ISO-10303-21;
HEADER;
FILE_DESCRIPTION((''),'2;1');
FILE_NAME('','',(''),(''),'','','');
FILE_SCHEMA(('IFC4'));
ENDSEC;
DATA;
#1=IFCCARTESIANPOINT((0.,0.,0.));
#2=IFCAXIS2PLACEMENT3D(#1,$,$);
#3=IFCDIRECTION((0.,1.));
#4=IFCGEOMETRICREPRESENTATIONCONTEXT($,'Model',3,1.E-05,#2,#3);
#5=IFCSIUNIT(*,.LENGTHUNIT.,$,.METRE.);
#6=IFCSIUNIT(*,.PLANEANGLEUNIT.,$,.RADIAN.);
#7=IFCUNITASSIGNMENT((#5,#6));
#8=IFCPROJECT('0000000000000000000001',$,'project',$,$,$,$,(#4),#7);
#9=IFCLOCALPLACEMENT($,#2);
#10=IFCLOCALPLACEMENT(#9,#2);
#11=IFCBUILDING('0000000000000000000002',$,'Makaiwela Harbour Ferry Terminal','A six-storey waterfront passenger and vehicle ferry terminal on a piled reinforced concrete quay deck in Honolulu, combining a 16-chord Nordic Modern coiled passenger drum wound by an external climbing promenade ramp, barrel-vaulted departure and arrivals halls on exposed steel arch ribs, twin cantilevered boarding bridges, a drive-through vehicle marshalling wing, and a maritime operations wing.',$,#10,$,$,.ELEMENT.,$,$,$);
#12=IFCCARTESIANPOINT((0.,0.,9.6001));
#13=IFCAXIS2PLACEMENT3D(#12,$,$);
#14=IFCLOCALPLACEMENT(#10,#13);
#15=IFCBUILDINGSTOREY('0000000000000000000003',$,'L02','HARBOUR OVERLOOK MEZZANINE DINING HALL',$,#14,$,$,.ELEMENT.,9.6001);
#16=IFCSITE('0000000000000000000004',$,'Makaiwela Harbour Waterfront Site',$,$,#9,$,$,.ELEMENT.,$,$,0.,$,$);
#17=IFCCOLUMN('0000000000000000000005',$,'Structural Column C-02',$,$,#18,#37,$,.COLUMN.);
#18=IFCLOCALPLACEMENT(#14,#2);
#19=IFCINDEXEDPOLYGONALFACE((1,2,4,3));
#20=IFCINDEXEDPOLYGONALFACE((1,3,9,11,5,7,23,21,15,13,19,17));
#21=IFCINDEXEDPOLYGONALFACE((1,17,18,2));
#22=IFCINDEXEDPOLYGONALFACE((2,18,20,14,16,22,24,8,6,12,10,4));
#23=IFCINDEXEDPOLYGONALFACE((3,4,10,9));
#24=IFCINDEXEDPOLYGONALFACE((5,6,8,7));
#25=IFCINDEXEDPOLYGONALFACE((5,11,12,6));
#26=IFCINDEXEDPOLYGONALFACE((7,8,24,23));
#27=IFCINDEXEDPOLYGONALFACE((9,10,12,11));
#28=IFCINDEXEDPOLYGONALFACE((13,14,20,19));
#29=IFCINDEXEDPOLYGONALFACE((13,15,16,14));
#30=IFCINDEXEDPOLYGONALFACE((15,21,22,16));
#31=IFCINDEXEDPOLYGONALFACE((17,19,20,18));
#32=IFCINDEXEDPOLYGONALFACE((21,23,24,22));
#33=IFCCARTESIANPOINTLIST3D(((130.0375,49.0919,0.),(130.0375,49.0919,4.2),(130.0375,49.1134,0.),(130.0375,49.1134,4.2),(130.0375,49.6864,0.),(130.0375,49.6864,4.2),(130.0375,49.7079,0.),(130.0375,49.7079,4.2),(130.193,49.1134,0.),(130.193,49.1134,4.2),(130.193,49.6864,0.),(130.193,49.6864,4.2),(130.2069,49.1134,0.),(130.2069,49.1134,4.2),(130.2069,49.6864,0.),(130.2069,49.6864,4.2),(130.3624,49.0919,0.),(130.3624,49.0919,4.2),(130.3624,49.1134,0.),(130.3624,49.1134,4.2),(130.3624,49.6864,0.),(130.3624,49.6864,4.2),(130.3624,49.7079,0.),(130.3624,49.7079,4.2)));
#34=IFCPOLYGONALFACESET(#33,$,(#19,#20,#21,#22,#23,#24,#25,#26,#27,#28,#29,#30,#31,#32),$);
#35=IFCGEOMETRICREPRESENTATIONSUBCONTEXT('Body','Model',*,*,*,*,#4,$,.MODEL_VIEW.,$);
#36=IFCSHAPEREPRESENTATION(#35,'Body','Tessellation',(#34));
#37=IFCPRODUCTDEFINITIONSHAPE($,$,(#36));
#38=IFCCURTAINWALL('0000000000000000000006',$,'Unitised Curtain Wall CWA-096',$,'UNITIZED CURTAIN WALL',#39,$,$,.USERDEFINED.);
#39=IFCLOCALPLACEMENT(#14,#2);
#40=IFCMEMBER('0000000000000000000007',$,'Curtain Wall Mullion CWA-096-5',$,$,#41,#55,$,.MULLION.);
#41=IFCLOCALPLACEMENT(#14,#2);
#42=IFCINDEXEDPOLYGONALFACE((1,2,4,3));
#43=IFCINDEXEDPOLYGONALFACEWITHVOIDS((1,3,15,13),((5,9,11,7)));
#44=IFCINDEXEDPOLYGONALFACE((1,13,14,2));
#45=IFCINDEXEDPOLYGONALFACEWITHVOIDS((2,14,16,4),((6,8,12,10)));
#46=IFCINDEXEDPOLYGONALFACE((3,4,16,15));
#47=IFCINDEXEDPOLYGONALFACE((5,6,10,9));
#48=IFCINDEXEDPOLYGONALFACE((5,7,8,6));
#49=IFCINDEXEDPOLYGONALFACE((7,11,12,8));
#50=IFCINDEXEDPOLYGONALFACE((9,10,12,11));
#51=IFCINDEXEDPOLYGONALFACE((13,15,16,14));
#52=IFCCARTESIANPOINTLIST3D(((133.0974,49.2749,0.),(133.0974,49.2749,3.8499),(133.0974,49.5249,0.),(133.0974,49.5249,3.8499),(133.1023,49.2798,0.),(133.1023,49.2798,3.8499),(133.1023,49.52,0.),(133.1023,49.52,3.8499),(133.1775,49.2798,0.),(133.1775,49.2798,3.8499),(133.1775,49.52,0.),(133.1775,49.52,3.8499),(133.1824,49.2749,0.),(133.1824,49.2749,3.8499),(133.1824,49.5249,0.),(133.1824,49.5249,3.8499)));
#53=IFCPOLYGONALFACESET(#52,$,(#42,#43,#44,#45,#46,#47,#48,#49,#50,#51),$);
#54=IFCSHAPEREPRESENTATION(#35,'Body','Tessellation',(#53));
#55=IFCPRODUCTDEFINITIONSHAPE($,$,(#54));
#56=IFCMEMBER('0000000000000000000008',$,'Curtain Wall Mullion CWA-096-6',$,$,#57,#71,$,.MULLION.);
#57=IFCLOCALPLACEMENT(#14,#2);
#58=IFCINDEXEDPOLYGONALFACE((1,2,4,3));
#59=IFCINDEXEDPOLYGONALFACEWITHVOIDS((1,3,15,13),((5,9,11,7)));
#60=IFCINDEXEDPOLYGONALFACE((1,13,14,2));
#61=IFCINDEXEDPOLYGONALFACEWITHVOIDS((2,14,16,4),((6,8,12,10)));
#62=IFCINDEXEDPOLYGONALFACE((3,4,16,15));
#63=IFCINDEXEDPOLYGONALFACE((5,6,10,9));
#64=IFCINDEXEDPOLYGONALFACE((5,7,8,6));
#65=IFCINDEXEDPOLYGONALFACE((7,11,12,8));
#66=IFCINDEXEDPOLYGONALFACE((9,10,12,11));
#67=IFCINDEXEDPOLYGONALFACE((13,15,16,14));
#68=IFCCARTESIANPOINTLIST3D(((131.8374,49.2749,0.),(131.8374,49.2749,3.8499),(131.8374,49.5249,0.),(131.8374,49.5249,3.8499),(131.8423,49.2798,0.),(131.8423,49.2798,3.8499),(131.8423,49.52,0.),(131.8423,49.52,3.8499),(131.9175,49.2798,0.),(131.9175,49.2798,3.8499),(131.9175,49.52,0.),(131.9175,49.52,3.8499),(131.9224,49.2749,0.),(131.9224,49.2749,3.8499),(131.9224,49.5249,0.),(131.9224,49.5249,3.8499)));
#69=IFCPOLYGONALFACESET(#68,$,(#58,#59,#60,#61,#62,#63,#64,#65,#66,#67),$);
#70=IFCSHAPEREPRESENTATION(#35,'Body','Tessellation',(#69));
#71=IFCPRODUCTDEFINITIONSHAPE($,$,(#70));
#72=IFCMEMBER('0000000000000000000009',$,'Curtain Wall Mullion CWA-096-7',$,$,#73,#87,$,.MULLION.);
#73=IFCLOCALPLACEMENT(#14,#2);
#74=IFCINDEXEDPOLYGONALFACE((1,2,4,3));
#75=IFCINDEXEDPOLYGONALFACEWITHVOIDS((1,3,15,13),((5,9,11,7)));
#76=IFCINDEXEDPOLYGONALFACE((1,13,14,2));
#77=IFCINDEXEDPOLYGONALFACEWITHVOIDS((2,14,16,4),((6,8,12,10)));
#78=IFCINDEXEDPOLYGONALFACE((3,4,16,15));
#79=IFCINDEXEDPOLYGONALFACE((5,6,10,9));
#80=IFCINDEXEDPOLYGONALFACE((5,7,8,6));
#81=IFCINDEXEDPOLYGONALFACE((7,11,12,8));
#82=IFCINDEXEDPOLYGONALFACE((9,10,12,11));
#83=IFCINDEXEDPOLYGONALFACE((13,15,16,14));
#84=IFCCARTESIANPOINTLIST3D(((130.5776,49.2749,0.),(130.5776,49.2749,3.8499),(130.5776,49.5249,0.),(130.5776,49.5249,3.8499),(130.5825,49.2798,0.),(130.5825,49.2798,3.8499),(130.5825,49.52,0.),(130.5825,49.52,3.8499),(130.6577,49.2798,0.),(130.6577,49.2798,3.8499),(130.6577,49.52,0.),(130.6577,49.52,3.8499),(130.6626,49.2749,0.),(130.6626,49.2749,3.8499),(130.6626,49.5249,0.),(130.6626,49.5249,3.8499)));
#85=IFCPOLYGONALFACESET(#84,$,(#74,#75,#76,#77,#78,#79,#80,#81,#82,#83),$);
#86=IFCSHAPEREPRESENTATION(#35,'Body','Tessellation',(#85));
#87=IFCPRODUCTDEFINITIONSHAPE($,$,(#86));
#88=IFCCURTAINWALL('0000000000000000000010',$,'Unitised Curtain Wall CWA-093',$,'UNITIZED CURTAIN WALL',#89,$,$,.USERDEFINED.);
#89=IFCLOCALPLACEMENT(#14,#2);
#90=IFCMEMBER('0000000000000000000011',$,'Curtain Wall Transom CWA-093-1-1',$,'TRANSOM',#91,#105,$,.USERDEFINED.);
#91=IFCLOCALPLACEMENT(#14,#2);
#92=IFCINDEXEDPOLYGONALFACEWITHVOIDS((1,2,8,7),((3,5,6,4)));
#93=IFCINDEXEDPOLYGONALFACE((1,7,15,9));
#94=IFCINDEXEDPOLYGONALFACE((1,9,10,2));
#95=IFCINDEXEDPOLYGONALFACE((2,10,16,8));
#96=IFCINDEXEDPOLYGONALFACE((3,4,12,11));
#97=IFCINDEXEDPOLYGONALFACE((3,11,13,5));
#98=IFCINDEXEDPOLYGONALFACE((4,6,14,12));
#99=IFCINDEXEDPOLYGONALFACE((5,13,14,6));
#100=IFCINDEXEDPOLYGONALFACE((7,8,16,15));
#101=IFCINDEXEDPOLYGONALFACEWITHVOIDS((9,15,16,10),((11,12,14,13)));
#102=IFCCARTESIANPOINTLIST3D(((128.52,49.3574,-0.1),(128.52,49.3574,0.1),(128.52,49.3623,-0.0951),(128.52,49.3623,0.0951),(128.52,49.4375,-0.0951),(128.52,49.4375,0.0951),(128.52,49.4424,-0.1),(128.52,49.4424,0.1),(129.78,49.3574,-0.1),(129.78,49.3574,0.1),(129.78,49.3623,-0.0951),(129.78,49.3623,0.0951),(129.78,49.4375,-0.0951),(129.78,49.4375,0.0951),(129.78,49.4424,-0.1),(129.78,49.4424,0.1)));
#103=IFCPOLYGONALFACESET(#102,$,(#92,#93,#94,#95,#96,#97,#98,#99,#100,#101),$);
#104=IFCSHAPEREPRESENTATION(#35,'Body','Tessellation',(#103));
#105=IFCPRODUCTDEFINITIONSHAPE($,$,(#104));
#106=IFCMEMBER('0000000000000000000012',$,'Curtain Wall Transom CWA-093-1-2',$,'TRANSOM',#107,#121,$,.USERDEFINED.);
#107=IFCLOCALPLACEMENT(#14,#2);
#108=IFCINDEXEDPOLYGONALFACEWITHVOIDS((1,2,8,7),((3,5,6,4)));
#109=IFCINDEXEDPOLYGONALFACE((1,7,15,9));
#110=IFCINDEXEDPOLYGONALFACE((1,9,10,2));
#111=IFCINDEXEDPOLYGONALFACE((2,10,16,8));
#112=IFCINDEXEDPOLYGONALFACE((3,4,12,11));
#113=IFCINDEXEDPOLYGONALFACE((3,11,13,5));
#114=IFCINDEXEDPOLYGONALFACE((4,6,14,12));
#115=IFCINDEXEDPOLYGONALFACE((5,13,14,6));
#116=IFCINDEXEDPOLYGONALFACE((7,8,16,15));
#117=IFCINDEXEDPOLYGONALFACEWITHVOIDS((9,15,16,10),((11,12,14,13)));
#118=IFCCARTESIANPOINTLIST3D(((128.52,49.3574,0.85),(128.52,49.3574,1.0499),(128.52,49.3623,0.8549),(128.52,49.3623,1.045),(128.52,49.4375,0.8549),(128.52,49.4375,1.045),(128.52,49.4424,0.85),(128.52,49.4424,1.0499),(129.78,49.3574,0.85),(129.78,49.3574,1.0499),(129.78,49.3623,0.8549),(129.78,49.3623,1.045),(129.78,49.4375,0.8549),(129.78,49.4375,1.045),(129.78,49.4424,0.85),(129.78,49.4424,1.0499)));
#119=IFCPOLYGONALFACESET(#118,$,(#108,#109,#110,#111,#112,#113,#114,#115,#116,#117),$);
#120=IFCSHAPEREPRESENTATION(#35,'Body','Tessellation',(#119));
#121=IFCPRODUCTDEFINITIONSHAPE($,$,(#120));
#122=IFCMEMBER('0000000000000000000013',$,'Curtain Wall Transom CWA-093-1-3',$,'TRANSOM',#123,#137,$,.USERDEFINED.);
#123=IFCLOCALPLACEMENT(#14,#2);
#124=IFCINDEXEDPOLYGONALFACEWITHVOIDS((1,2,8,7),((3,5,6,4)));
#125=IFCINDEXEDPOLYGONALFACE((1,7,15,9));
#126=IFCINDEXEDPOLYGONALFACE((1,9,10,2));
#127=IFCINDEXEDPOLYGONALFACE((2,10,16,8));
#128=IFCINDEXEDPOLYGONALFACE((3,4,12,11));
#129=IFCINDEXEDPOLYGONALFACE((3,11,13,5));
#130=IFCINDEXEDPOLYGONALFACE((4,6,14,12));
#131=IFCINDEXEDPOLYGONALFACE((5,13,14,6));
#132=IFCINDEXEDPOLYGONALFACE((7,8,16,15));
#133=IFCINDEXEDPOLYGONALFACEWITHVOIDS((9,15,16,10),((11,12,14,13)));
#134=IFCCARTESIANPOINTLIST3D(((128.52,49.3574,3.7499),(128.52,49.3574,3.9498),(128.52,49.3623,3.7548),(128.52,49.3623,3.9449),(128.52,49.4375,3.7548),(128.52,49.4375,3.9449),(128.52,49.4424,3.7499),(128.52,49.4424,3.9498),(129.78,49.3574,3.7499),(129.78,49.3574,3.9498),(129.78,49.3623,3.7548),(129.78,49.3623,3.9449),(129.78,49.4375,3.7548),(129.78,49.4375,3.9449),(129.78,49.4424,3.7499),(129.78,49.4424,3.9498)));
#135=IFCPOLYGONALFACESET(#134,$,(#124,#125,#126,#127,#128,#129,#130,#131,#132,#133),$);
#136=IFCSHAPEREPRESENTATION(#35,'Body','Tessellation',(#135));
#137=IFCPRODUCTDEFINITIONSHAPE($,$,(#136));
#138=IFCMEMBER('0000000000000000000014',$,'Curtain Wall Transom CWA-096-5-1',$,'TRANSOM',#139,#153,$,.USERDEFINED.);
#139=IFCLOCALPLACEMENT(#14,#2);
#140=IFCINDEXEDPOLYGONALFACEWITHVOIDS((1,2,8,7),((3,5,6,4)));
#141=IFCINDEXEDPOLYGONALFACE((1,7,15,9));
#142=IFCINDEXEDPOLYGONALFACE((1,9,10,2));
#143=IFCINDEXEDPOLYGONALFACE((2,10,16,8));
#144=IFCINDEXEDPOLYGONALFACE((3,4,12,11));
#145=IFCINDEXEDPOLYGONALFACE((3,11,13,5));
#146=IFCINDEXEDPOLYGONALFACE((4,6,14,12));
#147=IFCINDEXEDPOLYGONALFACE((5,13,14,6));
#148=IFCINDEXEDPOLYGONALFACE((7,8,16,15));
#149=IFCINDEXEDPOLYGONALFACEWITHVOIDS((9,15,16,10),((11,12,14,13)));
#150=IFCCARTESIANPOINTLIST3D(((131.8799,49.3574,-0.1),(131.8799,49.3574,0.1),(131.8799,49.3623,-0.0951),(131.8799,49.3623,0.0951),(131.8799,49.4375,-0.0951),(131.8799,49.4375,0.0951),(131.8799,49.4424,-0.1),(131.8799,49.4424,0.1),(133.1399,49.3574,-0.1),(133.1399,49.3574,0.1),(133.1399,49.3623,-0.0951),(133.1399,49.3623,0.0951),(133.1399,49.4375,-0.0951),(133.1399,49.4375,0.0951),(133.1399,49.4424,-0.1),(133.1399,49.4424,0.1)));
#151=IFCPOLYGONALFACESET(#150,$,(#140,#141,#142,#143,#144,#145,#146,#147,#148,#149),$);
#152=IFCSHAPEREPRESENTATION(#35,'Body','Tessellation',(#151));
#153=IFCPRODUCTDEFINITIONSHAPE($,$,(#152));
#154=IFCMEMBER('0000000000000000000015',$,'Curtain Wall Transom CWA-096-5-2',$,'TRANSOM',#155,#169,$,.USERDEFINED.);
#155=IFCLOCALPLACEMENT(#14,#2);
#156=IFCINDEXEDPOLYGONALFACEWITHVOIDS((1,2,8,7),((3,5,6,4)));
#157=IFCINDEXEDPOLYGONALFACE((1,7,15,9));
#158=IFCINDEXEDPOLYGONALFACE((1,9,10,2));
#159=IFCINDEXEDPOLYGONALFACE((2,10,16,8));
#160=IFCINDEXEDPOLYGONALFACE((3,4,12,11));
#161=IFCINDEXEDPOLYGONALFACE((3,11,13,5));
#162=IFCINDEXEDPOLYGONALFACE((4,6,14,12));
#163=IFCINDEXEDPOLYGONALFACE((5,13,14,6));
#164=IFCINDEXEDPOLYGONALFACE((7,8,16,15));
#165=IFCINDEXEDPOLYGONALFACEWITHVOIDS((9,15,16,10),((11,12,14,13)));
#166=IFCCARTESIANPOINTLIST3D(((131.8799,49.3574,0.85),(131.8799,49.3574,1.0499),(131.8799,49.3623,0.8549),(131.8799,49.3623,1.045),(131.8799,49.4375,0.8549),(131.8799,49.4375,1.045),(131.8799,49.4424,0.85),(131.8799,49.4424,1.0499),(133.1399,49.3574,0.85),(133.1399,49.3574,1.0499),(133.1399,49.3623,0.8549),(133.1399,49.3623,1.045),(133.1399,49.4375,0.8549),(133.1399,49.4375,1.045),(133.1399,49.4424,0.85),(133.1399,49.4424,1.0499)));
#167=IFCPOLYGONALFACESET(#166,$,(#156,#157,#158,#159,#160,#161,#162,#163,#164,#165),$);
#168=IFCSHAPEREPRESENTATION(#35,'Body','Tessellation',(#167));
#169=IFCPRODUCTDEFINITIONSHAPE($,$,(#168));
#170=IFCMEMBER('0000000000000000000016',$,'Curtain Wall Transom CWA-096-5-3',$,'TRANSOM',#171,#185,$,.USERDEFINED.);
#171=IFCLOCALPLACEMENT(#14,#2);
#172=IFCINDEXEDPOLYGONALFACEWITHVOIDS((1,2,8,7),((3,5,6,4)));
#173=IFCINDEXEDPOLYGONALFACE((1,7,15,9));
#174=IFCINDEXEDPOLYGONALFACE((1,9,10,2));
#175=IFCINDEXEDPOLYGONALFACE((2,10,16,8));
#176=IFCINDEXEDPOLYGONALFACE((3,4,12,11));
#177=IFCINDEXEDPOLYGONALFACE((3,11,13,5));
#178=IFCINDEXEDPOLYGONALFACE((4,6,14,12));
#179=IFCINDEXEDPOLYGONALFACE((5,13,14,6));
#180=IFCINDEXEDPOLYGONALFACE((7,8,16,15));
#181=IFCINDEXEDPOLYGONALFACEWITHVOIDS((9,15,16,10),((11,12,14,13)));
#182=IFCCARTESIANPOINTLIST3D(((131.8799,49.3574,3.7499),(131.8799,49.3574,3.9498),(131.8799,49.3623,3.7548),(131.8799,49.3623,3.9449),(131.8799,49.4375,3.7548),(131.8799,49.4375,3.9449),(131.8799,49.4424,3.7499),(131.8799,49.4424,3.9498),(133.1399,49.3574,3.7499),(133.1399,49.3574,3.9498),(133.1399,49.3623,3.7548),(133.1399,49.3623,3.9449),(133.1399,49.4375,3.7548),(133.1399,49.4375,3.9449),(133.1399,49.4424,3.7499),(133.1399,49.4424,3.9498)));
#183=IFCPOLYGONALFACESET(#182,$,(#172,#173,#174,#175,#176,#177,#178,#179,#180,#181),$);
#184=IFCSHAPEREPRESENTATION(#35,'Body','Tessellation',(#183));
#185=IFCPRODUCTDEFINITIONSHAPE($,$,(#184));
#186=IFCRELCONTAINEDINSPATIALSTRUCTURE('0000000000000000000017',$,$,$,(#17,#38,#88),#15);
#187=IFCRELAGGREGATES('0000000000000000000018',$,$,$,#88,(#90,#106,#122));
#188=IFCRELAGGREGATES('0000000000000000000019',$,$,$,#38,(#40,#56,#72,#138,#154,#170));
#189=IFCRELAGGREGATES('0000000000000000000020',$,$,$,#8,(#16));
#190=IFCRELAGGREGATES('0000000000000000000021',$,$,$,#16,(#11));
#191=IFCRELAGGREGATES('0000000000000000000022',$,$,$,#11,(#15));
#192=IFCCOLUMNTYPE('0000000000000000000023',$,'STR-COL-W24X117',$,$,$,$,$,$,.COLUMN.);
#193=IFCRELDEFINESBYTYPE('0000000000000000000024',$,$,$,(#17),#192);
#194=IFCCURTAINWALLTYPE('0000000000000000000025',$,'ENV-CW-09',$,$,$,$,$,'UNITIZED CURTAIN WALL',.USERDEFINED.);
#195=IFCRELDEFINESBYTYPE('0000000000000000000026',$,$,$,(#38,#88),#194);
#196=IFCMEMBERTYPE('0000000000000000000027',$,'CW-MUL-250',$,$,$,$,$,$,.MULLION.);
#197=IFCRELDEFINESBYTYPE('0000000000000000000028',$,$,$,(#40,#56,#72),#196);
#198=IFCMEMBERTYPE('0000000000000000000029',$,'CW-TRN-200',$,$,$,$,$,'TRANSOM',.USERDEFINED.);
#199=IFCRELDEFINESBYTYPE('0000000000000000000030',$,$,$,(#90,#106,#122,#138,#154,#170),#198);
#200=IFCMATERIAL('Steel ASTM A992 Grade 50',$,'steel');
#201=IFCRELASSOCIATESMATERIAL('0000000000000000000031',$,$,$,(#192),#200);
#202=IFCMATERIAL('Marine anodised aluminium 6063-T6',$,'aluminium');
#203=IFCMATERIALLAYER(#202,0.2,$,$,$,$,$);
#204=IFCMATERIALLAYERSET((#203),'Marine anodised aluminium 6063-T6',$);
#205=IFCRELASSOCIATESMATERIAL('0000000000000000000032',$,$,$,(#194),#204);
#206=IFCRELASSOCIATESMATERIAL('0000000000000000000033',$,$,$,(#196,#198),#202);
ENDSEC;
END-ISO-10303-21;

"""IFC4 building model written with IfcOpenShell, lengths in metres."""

from ifc_helpers import new_model, si_unit, direction, frame, origin, origin_2d, place, context, subcontext, project, spatial, hollow_rectangle, i_section, extrude, material, layer, layer_set, material_profile, profile_set, type_object, element, aggregate, save


model = new_model("IFC4")

# Units and contexts
model_context = context("Model", 3, precision=1e-05, world=origin(), true_north=direction((0.0, 1.0)))
body_context = subcontext(model_context, "Body", "Model", "MODEL_VIEW")
ifc_project = project(units=[si_unit("LENGTHUNIT", "METRE"), si_unit("PLANEANGLEUNIT", "RADIAN")], contexts=[model_context])

# Site, building, storey
site_placement = place(None, origin())
site = spatial("IfcSite", under=ifc_project, at=site_placement, Name="Makaiwela Harbour Waterfront Site", CompositionType="ELEMENT", RefElevation=0.0)
building_placement = place(site_placement, origin())
building = spatial("IfcBuilding", under=site, at=building_placement, Name="Makaiwela Harbour Ferry Terminal", Description="A six-storey waterfront passenger and vehicle ferry terminal on a piled reinforced concrete quay deck in Honolulu, combining a 16-chord Nordic Modern coiled passenger drum wound by an external climbing promenade ramp, barrel-vaulted departure and arrivals halls on exposed steel arch ribs, twin cantilevered boarding bridges, a drive-through vehicle marshalling wing, and a maritime operations wing.", CompositionType="ELEMENT")
storey_placement = place(building_placement, frame((0.0, 0.0, 9.6001)))
storey = spatial("IfcBuildingStorey", under=building, at=storey_placement, Name="L02", Description="HARBOUR OVERLOOK MEZZANINE DINING HALL", CompositionType="ELEMENT", Elevation=9.6001)

# Column
ifc_material_1 = material(Name="Steel ASTM A992 Grade 50", Category="steel")
ifc_material_profile_1 = material_profile(ifc_material_1, i_section(OverallWidth=0.325, OverallDepth=0.616, WebThickness=0.0139, FlangeThickness=0.0215, at=origin_2d()), Name="W24X117")
ifc_profile_set_1 = profile_set([ifc_material_profile_1], Name="Steel ASTM A992 Grade 50")
column_type = type_object("IfcColumnType", Name="STR-COL-W24X117", PredefinedType="COLUMN", material=ifc_profile_set_1)
column_placement = place(storey_placement, frame((130.2, 49.3999, 0.0), z_axis=(0.0, 0.0, 1.0), x_axis=(1.0, 0.0, 0.0)))
element("IfcColumn", 1, at=column_placement, inside=storey, type_object=column_type, Name="Structural Column C-02", PredefinedType="COLUMN", context=body_context, shape_type="SweptSolid", body=[
    extrude(i_section(OverallWidth=0.325, OverallDepth=0.616, WebThickness=0.0139, FlangeThickness=0.0215, at=origin_2d()), origin(), (0.0, 0.0, 1.0), 4.2),
])

# Curtain walls, members
ifc_material_2 = material(Name="Marine anodised aluminium 6063-T6", Category="aluminium")
ifc_layer_1 = layer(ifc_material_2, 0.2)
ifc_layer_set_1 = layer_set([ifc_layer_1], Name="Marine anodised aluminium 6063-T6")
curtain_wall_type = type_object("IfcCurtainWallType", Name="ENV-CW-09", ElementType="UNITIZED CURTAIN WALL", PredefinedType="USERDEFINED", material=ifc_layer_set_1)
curtain_wall_1_placement = place(storey_placement, origin())
curtain_wall_1 = element("IfcCurtainWall", 2, at=curtain_wall_1_placement, inside=storey, type_object=curtain_wall_type, Name="Unitised Curtain Wall CWA-096", ObjectType="UNITIZED CURTAIN WALL", PredefinedType="USERDEFINED")
ifc_material_profile_2 = material_profile(ifc_material_2, hollow_rectangle(XDim=0.085, YDim=0.25, WallThickness=0.0049, at=origin_2d()), Name="CWM-250X85")
ifc_profile_set_2 = profile_set([ifc_material_profile_2], Name="Marine anodised aluminium 6063-T6")
member_type_1 = type_object("IfcMemberType", Name="CW-MUL-250", PredefinedType="MULLION", material=ifc_profile_set_2)
member_1_placement = place(storey_placement, frame((133.1399, 49.3999, 0.0), z_axis=(0.0, 0.0, 1.0), x_axis=(1.0, 0.0, 0.0)))
member_1 = element("IfcMember", 3, at=member_1_placement, type_object=member_type_1, Name="Curtain Wall Mullion CWA-096-5", PredefinedType="MULLION", context=body_context, shape_type="SweptSolid", body=[
    extrude(hollow_rectangle(XDim=0.085, YDim=0.25, WallThickness=0.0049, at=origin_2d()), origin(), (0.0, 0.0, 1.0), 3.8499),
])
member_2_placement = place(storey_placement, frame((131.8799, 49.3999, 0.0), z_axis=(0.0, 0.0, 1.0), x_axis=(1.0, 0.0, 0.0)))
member_2 = element("IfcMember", 4, at=member_2_placement, type_object=member_type_1, Name="Curtain Wall Mullion CWA-096-6", PredefinedType="MULLION", context=body_context, shape_type="SweptSolid", body=[
    extrude(hollow_rectangle(XDim=0.085, YDim=0.25, WallThickness=0.0049, at=origin_2d()), origin(), (0.0, 0.0, 1.0), 3.8499),
])
member_3_placement = place(storey_placement, frame((130.6201, 49.3999, 0.0), z_axis=(0.0, 0.0, 1.0), x_axis=(1.0, 0.0, 0.0)))
member_3 = element("IfcMember", 5, at=member_3_placement, type_object=member_type_1, Name="Curtain Wall Mullion CWA-096-7", PredefinedType="MULLION", context=body_context, shape_type="SweptSolid", body=[
    extrude(hollow_rectangle(XDim=0.085, YDim=0.25, WallThickness=0.0049, at=origin_2d()), origin(), (0.0, 0.0, 1.0), 3.8499),
])
curtain_wall_2_placement = place(storey_placement, origin())
curtain_wall_2 = element("IfcCurtainWall", 6, at=curtain_wall_2_placement, inside=storey, type_object=curtain_wall_type, Name="Unitised Curtain Wall CWA-093", ObjectType="UNITIZED CURTAIN WALL", PredefinedType="USERDEFINED")
ifc_material_profile_3 = material_profile(ifc_material_2, hollow_rectangle(XDim=0.085, YDim=0.2, WallThickness=0.0049, at=origin_2d()), Name="CWT-200X85")
ifc_profile_set_3 = profile_set([ifc_material_profile_3], Name="Marine anodised aluminium 6063-T6")
member_type_2 = type_object("IfcMemberType", Name="CW-TRN-200", ElementType="TRANSOM", PredefinedType="USERDEFINED", material=ifc_profile_set_3)
member_4_placement = place(storey_placement, frame((129.78, 49.3999, 0.0), z_axis=(-1.0, 0.0, 0.0), x_axis=(0.0, -1.0, 0.0)))
member_4 = element("IfcMember", 7, at=member_4_placement, type_object=member_type_2, Name="Curtain Wall Transom CWA-093-1-1", ObjectType="TRANSOM", PredefinedType="USERDEFINED", context=body_context, shape_type="SweptSolid", body=[
    extrude(hollow_rectangle(XDim=0.085, YDim=0.2, WallThickness=0.0049, at=origin_2d()), origin(), (0.0, 0.0, 1.0), 1.26),
])
member_5_placement = place(storey_placement, frame((129.78, 49.3999, 0.95), z_axis=(-1.0, 0.0, 0.0), x_axis=(0.0, -1.0, 0.0)))
member_5 = element("IfcMember", 8, at=member_5_placement, type_object=member_type_2, Name="Curtain Wall Transom CWA-093-1-2", ObjectType="TRANSOM", PredefinedType="USERDEFINED", context=body_context, shape_type="SweptSolid", body=[
    extrude(hollow_rectangle(XDim=0.085, YDim=0.2, WallThickness=0.0049, at=origin_2d()), origin(), (0.0, 0.0, 1.0), 1.26),
])
member_6_placement = place(storey_placement, frame((129.78, 49.3999, 3.8499), z_axis=(-1.0, 0.0, 0.0), x_axis=(0.0, -1.0, 0.0)))
member_6 = element("IfcMember", 9, at=member_6_placement, type_object=member_type_2, Name="Curtain Wall Transom CWA-093-1-3", ObjectType="TRANSOM", PredefinedType="USERDEFINED", context=body_context, shape_type="SweptSolid", body=[
    extrude(hollow_rectangle(XDim=0.085, YDim=0.2, WallThickness=0.0049, at=origin_2d()), origin(), (0.0, 0.0, 1.0), 1.26),
])
aggregate(curtain_wall_2, [member_4, member_5, member_6])

# Members
member_7_placement = place(storey_placement, frame((133.1399, 49.3999, 0.0), z_axis=(-1.0, 0.0, 0.0), x_axis=(0.0, -1.0, 0.0)))
member_7 = element("IfcMember", 10, at=member_7_placement, type_object=member_type_2, Name="Curtain Wall Transom CWA-096-5-1", ObjectType="TRANSOM", PredefinedType="USERDEFINED", context=body_context, shape_type="SweptSolid", body=[
    extrude(hollow_rectangle(XDim=0.085, YDim=0.2, WallThickness=0.0049, at=origin_2d()), origin(), (0.0, 0.0, 1.0), 1.26),
])
member_8_placement = place(storey_placement, frame((133.1399, 49.3999, 0.95), z_axis=(-1.0, 0.0, 0.0), x_axis=(0.0, -1.0, 0.0)))
member_8 = element("IfcMember", 11, at=member_8_placement, type_object=member_type_2, Name="Curtain Wall Transom CWA-096-5-2", ObjectType="TRANSOM", PredefinedType="USERDEFINED", context=body_context, shape_type="SweptSolid", body=[
    extrude(hollow_rectangle(XDim=0.085, YDim=0.2, WallThickness=0.0049, at=origin_2d()), origin(), (0.0, 0.0, 1.0), 1.26),
])
member_9_placement = place(storey_placement, frame((133.1399, 49.3999, 3.8499), z_axis=(-1.0, 0.0, 0.0), x_axis=(0.0, -1.0, 0.0)))
member_9 = element("IfcMember", 12, at=member_9_placement, type_object=member_type_2, Name="Curtain Wall Transom CWA-096-5-3", ObjectType="TRANSOM", PredefinedType="USERDEFINED", context=body_context, shape_type="SweptSolid", body=[
    extrude(hollow_rectangle(XDim=0.085, YDim=0.2, WallThickness=0.0049, at=origin_2d()), origin(), (0.0, 0.0, 1.0), 1.26),
])

aggregate(curtain_wall_1, [member_1, member_2, member_3, member_7, member_8, member_9])

save(model, "model.ifc")
